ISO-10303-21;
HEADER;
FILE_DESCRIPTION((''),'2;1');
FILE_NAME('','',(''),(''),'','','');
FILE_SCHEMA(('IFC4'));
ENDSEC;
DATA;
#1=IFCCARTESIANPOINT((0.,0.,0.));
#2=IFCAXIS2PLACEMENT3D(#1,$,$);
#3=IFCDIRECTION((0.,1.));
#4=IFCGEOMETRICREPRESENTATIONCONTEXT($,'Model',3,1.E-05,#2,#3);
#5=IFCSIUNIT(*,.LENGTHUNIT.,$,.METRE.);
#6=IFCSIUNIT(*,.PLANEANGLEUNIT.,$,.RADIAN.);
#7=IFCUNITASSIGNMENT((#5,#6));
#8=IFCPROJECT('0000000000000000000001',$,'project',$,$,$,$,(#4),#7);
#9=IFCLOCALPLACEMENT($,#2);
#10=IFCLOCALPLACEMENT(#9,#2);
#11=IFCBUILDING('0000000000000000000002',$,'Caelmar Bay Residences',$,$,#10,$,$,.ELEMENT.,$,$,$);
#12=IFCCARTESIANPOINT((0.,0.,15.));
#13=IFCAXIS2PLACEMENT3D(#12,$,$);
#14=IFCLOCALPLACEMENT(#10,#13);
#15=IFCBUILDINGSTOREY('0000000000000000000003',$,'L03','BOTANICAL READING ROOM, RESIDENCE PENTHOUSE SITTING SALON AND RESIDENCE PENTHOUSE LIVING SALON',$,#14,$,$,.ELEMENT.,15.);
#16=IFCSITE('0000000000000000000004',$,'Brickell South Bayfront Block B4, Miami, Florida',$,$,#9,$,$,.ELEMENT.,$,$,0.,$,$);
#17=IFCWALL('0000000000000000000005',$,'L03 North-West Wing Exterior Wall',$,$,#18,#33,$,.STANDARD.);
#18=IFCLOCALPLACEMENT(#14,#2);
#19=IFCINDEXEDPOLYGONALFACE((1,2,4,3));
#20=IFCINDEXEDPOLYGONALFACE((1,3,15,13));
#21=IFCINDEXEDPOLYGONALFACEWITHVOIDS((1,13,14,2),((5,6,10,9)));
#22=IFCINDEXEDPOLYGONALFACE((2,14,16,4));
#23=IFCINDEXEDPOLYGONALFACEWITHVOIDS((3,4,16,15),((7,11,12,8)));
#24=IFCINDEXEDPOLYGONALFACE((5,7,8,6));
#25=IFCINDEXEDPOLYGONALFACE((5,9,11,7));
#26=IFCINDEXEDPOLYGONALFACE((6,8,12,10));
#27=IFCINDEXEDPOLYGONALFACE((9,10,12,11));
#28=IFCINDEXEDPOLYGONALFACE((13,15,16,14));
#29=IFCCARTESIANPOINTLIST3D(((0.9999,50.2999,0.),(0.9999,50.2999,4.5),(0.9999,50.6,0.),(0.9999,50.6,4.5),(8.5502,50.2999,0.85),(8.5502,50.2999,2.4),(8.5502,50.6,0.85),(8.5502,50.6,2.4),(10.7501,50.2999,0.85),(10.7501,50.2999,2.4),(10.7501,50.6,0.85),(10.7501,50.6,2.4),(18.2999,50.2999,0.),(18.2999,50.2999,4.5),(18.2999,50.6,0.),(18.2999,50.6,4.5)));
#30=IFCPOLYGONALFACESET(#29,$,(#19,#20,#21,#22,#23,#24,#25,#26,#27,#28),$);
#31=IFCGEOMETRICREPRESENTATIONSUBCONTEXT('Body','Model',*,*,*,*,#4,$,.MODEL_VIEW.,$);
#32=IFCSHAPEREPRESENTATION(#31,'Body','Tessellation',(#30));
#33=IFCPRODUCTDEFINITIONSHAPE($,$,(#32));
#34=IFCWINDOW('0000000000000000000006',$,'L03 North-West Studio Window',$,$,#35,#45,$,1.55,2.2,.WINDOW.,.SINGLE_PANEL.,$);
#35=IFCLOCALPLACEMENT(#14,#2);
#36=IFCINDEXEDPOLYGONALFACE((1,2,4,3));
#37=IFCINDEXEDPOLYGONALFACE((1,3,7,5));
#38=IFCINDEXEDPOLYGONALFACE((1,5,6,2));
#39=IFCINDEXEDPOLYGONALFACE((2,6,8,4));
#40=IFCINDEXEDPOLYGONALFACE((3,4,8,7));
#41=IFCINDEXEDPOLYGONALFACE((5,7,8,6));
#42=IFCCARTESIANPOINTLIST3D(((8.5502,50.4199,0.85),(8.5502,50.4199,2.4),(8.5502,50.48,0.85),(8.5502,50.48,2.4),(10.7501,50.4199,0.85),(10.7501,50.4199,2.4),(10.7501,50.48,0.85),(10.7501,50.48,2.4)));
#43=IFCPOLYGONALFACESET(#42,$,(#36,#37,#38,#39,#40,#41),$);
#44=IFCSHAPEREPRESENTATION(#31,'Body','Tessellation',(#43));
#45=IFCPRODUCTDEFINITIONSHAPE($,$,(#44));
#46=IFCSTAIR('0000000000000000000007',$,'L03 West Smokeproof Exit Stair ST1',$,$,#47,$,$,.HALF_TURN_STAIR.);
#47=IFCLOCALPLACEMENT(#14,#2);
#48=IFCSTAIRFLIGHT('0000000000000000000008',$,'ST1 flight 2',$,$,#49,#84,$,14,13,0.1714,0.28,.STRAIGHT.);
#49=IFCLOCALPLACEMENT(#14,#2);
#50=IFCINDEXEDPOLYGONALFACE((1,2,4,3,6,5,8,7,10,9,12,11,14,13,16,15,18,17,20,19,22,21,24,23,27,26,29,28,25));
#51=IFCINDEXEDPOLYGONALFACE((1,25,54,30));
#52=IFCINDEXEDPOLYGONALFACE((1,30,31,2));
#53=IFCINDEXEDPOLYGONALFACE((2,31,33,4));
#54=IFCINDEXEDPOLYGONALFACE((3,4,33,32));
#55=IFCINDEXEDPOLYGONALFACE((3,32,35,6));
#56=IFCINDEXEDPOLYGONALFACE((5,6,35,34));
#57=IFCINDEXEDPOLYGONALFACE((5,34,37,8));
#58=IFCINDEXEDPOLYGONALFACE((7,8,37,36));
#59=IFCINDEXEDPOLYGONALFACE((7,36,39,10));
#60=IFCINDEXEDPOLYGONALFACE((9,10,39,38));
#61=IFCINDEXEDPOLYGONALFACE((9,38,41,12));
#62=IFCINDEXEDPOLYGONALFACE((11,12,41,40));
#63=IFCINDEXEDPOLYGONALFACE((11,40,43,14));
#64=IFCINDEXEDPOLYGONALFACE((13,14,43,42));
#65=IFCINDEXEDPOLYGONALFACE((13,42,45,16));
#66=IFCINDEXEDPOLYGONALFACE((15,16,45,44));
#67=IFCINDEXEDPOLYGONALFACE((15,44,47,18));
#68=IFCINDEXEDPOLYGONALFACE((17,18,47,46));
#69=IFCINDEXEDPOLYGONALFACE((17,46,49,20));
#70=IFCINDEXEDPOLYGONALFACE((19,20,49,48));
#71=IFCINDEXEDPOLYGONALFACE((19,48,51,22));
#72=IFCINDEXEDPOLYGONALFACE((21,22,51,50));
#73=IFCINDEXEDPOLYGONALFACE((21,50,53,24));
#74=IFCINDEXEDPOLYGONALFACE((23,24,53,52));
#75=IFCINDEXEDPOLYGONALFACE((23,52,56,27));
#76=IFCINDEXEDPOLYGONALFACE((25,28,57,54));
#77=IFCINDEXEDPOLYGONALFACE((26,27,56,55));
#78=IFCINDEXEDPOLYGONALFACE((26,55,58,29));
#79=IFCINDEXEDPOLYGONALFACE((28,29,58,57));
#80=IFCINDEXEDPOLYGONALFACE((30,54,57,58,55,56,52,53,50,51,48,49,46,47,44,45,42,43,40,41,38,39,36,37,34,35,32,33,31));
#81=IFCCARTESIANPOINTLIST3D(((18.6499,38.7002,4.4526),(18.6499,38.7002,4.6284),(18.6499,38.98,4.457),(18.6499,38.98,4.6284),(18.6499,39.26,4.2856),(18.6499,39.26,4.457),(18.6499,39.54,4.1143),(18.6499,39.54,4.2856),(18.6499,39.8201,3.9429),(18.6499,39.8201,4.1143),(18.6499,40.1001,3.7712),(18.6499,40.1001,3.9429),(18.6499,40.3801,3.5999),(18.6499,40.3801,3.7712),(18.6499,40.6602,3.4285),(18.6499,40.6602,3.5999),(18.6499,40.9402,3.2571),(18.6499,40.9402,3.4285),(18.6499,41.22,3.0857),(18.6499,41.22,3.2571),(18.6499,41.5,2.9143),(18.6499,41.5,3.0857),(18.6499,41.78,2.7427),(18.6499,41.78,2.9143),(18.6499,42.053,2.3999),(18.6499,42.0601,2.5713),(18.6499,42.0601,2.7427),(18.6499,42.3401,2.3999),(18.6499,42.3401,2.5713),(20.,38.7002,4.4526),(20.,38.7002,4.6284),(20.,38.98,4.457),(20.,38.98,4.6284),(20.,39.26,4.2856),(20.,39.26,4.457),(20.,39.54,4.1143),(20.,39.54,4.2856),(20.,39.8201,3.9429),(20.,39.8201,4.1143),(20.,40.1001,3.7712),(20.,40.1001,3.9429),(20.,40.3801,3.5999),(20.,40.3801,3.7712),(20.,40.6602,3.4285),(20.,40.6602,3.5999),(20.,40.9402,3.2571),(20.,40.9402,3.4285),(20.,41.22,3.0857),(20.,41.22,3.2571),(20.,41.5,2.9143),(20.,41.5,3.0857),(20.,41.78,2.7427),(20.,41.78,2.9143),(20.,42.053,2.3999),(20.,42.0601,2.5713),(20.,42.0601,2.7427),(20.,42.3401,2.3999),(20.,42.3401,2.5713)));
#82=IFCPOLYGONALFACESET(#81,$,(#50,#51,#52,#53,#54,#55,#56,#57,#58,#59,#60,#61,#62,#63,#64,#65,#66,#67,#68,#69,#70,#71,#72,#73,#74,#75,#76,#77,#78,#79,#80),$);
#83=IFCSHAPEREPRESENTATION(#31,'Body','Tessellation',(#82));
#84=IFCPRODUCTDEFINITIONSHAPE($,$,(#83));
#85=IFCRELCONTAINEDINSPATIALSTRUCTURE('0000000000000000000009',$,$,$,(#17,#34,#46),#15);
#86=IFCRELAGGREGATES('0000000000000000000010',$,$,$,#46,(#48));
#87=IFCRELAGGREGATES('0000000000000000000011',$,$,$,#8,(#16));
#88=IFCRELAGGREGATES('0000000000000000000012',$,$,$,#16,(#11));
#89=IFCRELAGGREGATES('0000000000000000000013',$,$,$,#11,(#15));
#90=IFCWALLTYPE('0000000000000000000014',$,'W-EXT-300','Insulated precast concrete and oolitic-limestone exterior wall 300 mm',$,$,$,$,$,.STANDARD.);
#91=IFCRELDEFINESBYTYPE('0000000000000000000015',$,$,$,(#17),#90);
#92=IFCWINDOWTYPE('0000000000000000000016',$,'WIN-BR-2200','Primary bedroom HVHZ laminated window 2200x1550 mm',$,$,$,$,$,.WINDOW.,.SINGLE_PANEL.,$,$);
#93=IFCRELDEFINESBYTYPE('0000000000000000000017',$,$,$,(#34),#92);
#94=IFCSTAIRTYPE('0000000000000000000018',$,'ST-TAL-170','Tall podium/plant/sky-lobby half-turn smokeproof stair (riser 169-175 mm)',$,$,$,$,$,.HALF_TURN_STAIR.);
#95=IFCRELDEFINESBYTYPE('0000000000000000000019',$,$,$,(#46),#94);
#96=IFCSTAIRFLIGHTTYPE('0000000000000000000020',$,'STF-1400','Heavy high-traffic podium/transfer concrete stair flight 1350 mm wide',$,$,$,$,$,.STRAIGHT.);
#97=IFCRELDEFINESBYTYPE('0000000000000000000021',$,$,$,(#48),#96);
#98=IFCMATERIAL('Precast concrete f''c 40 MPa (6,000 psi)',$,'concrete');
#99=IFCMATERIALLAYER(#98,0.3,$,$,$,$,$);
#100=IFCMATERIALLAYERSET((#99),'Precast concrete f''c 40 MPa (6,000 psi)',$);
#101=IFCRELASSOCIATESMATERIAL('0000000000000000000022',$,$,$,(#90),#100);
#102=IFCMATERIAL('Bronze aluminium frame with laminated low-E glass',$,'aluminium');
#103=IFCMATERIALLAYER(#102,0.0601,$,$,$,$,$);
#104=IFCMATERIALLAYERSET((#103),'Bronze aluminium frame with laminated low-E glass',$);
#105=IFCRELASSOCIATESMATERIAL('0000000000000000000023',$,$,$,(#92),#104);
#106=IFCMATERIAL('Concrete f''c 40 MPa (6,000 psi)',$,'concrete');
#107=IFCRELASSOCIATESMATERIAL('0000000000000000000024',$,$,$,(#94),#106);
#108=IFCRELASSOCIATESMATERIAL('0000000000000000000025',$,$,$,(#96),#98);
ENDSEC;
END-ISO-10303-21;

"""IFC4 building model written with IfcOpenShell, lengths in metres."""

from ifc_helpers import new_model, si_unit, direction, frame, frame_2d, origin, place, context, subcontext, project, spatial, polyline, rectangle, outline, extrude, material, layer, layer_set, type_object, element, fill, aggregate, save


model = new_model("IFC4")

# Units and contexts
model_context = context("Model", 3, precision=1e-05, world=origin(), true_north=direction((0.0, 1.0)))
body_context = subcontext(model_context, "Body", "Model", "MODEL_VIEW")
ifc_project = project(units=[si_unit("LENGTHUNIT", "METRE"), si_unit("PLANEANGLEUNIT", "RADIAN")], contexts=[model_context])

# Site, building, storey
site_placement = place(None, origin())
site = spatial("IfcSite", under=ifc_project, at=site_placement, Name="Brickell South Bayfront Block B4, Miami, Florida", CompositionType="ELEMENT", RefElevation=0.0)
building_placement = place(site_placement, origin())
building = spatial("IfcBuilding", under=site, at=building_placement, Name="Caelmar Bay Residences", CompositionType="ELEMENT")
storey_placement = place(building_placement, frame((0.0, 0.0, 15.0)))
storey = spatial("IfcBuildingStorey", under=building, at=storey_placement, Name="L03", Description="BOTANICAL READING ROOM, RESIDENCE PENTHOUSE SITTING SALON AND RESIDENCE PENTHOUSE LIVING SALON", CompositionType="ELEMENT", Elevation=15.0)

# Wall, opening, window
ifc_material_1 = material(Name="Precast concrete f'c 40 MPa (6,000 psi)", Category="concrete")
ifc_layer_1 = layer(ifc_material_1, 0.3)
ifc_layer_set_1 = layer_set([ifc_layer_1], Name="Precast concrete f'c 40 MPa (6,000 psi)")
wall_type_1 = type_object("IfcWallType", Name="W-EXT-300", Description="Insulated precast concrete and oolitic-limestone exterior wall 300 mm", PredefinedType="STANDARD", material=ifc_layer_set_1)
wall_1_placement = place(storey_placement, frame((1.0, 50.45, 0.0), z_axis=(0.0, 0.0, 1.0), x_axis=(1.0, 0.0, 0.0)))
wall_1 = element("IfcWall", 1, at=wall_1_placement, inside=storey, type_object=wall_type_1, Name="L03 North-West Wing Exterior Wall", PredefinedType="STANDARD", context=body_context, shape_type="SweptSolid", body=[
    extrude(rectangle(XDim=17.3, YDim=0.3, at=frame_2d((8.6499, 0.0))), origin(), (0.0, 0.0, 1.0), 4.5),
])
opening_1_placement = place(wall_1_placement, frame((7.55, 0.0, 0.8501)))
opening_1 = element("IfcOpeningElement", 2, at=opening_1_placement, cuts=wall_1, PredefinedType="OPENING", context=body_context, shape_type="SweptSolid", body=[
    extrude(rectangle(XDim=2.2, YDim=1.55, at=frame_2d((1.1001, 0.7749))), frame((0.0, 0.1599, 0.0), z_axis=(0.0, -1.0, 0.0), x_axis=(1.0, 0.0, 0.0)), (0.0, 0.0, 1.0), 0.3201),
])
ifc_material_2 = material(Name="Bronze aluminium frame with laminated low-E glass", Category="aluminium")
ifc_layer_2 = layer(ifc_material_2, 0.0601)
ifc_layer_set_2 = layer_set([ifc_layer_2], Name="Bronze aluminium frame with laminated low-E glass")
window_type = type_object("IfcWindowType", Name="WIN-BR-2200", Description="Primary bedroom HVHZ laminated window 2200x1550 mm", PartitioningType="SINGLE_PANEL", PredefinedType="WINDOW", material=ifc_layer_set_2)
window_placement = place(opening_1_placement, origin())
window = element("IfcWindow", 3, at=window_placement, inside=storey, type_object=window_type, Name="L03 North-West Studio Window", OverallHeight=1.55, OverallWidth=2.2, PartitioningType="SINGLE_PANEL", PredefinedType="WINDOW", context=body_context, shape_type="SweptSolid", body=[
    extrude(rectangle(XDim=2.2, YDim=1.55, at=frame_2d((1.1001, 0.7749))), frame((0.0, 0.03, 0.0), z_axis=(0.0, -1.0, 0.0), x_axis=(1.0, 0.0, 0.0)), (0.0, 0.0, 1.0), 0.0601),
])
fill(opening_1, window)

# Stair, stair flight
ifc_material_3 = material(Name="Concrete f'c 40 MPa (6,000 psi)", Category="concrete")
stair_type = type_object("IfcStairType", Name="ST-TAL-170", Description="Tall podium/plant/sky-lobby half-turn smokeproof stair (riser 169-175 mm)", PredefinedType="HALF_TURN_STAIR", material=ifc_material_3)
stair_placement = place(storey_placement, origin())
stair = element("IfcStair", 4, at=stair_placement, inside=storey, type_object=stair_type, Name="L03 West Smokeproof Exit Stair ST1", PredefinedType="HALF_TURN_STAIR")
stair_flight_type = type_object("IfcStairFlightType", Name="STF-1400", Description="Heavy high-traffic podium/transfer concrete stair flight 1350 mm wide", PredefinedType="STRAIGHT", material=ifc_material_1)
stair_flight_placement = place(storey_placement, frame((19.325, 42.3401, 2.3999), z_axis=(0.0, 0.0, 1.0), x_axis=(0.0, -1.0, 0.0)))
stair_flight = element("IfcStairFlight", 5, at=stair_flight_placement, type_object=stair_flight_type, Name="ST1 flight 2", NumberOfRisers=14, NumberOfTreads=13, PredefinedType="STRAIGHT", RiserHeight=0.1714, TreadLength=0.28, context=body_context, shape_type="SweptSolid", body=[
    extrude(outline(polyline([(0.0, 0.0), (0.0, 0.1714), (0.28, 0.1714), (0.28, 0.3428), (0.5601, 0.3428), (0.5601, 0.5144), (0.8401, 0.5144), (0.8401, 0.6858), (1.1201, 0.6858), (1.1201, 0.8572), (1.3999, 0.8572), (1.3999, 1.0286), (1.6799, 1.0286), (1.6799, 1.2), (1.96, 1.2), (1.96, 1.3713), (2.24, 1.3713), (2.24, 1.543), (2.52, 1.543), (2.52, 1.7144), (2.8, 1.7144), (2.8, 1.8857), (3.0801, 1.8857), (3.0801, 2.0571), (3.3601, 2.0571), (3.3601, 2.2285), (3.6399, 2.2285), (3.6399, 2.3999), (3.6399, 2.0527), (0.2871, 0.0), (0.0, 0.0)])), frame((0.0, 0.675, 0.0), z_axis=(0.0, -1.0, 0.0), x_axis=(1.0, 0.0, 0.0)), (0.0, 0.0, 1.0), 1.3501),
])
aggregate(stair, [stair_flight])

save(model, "model.ifc")
